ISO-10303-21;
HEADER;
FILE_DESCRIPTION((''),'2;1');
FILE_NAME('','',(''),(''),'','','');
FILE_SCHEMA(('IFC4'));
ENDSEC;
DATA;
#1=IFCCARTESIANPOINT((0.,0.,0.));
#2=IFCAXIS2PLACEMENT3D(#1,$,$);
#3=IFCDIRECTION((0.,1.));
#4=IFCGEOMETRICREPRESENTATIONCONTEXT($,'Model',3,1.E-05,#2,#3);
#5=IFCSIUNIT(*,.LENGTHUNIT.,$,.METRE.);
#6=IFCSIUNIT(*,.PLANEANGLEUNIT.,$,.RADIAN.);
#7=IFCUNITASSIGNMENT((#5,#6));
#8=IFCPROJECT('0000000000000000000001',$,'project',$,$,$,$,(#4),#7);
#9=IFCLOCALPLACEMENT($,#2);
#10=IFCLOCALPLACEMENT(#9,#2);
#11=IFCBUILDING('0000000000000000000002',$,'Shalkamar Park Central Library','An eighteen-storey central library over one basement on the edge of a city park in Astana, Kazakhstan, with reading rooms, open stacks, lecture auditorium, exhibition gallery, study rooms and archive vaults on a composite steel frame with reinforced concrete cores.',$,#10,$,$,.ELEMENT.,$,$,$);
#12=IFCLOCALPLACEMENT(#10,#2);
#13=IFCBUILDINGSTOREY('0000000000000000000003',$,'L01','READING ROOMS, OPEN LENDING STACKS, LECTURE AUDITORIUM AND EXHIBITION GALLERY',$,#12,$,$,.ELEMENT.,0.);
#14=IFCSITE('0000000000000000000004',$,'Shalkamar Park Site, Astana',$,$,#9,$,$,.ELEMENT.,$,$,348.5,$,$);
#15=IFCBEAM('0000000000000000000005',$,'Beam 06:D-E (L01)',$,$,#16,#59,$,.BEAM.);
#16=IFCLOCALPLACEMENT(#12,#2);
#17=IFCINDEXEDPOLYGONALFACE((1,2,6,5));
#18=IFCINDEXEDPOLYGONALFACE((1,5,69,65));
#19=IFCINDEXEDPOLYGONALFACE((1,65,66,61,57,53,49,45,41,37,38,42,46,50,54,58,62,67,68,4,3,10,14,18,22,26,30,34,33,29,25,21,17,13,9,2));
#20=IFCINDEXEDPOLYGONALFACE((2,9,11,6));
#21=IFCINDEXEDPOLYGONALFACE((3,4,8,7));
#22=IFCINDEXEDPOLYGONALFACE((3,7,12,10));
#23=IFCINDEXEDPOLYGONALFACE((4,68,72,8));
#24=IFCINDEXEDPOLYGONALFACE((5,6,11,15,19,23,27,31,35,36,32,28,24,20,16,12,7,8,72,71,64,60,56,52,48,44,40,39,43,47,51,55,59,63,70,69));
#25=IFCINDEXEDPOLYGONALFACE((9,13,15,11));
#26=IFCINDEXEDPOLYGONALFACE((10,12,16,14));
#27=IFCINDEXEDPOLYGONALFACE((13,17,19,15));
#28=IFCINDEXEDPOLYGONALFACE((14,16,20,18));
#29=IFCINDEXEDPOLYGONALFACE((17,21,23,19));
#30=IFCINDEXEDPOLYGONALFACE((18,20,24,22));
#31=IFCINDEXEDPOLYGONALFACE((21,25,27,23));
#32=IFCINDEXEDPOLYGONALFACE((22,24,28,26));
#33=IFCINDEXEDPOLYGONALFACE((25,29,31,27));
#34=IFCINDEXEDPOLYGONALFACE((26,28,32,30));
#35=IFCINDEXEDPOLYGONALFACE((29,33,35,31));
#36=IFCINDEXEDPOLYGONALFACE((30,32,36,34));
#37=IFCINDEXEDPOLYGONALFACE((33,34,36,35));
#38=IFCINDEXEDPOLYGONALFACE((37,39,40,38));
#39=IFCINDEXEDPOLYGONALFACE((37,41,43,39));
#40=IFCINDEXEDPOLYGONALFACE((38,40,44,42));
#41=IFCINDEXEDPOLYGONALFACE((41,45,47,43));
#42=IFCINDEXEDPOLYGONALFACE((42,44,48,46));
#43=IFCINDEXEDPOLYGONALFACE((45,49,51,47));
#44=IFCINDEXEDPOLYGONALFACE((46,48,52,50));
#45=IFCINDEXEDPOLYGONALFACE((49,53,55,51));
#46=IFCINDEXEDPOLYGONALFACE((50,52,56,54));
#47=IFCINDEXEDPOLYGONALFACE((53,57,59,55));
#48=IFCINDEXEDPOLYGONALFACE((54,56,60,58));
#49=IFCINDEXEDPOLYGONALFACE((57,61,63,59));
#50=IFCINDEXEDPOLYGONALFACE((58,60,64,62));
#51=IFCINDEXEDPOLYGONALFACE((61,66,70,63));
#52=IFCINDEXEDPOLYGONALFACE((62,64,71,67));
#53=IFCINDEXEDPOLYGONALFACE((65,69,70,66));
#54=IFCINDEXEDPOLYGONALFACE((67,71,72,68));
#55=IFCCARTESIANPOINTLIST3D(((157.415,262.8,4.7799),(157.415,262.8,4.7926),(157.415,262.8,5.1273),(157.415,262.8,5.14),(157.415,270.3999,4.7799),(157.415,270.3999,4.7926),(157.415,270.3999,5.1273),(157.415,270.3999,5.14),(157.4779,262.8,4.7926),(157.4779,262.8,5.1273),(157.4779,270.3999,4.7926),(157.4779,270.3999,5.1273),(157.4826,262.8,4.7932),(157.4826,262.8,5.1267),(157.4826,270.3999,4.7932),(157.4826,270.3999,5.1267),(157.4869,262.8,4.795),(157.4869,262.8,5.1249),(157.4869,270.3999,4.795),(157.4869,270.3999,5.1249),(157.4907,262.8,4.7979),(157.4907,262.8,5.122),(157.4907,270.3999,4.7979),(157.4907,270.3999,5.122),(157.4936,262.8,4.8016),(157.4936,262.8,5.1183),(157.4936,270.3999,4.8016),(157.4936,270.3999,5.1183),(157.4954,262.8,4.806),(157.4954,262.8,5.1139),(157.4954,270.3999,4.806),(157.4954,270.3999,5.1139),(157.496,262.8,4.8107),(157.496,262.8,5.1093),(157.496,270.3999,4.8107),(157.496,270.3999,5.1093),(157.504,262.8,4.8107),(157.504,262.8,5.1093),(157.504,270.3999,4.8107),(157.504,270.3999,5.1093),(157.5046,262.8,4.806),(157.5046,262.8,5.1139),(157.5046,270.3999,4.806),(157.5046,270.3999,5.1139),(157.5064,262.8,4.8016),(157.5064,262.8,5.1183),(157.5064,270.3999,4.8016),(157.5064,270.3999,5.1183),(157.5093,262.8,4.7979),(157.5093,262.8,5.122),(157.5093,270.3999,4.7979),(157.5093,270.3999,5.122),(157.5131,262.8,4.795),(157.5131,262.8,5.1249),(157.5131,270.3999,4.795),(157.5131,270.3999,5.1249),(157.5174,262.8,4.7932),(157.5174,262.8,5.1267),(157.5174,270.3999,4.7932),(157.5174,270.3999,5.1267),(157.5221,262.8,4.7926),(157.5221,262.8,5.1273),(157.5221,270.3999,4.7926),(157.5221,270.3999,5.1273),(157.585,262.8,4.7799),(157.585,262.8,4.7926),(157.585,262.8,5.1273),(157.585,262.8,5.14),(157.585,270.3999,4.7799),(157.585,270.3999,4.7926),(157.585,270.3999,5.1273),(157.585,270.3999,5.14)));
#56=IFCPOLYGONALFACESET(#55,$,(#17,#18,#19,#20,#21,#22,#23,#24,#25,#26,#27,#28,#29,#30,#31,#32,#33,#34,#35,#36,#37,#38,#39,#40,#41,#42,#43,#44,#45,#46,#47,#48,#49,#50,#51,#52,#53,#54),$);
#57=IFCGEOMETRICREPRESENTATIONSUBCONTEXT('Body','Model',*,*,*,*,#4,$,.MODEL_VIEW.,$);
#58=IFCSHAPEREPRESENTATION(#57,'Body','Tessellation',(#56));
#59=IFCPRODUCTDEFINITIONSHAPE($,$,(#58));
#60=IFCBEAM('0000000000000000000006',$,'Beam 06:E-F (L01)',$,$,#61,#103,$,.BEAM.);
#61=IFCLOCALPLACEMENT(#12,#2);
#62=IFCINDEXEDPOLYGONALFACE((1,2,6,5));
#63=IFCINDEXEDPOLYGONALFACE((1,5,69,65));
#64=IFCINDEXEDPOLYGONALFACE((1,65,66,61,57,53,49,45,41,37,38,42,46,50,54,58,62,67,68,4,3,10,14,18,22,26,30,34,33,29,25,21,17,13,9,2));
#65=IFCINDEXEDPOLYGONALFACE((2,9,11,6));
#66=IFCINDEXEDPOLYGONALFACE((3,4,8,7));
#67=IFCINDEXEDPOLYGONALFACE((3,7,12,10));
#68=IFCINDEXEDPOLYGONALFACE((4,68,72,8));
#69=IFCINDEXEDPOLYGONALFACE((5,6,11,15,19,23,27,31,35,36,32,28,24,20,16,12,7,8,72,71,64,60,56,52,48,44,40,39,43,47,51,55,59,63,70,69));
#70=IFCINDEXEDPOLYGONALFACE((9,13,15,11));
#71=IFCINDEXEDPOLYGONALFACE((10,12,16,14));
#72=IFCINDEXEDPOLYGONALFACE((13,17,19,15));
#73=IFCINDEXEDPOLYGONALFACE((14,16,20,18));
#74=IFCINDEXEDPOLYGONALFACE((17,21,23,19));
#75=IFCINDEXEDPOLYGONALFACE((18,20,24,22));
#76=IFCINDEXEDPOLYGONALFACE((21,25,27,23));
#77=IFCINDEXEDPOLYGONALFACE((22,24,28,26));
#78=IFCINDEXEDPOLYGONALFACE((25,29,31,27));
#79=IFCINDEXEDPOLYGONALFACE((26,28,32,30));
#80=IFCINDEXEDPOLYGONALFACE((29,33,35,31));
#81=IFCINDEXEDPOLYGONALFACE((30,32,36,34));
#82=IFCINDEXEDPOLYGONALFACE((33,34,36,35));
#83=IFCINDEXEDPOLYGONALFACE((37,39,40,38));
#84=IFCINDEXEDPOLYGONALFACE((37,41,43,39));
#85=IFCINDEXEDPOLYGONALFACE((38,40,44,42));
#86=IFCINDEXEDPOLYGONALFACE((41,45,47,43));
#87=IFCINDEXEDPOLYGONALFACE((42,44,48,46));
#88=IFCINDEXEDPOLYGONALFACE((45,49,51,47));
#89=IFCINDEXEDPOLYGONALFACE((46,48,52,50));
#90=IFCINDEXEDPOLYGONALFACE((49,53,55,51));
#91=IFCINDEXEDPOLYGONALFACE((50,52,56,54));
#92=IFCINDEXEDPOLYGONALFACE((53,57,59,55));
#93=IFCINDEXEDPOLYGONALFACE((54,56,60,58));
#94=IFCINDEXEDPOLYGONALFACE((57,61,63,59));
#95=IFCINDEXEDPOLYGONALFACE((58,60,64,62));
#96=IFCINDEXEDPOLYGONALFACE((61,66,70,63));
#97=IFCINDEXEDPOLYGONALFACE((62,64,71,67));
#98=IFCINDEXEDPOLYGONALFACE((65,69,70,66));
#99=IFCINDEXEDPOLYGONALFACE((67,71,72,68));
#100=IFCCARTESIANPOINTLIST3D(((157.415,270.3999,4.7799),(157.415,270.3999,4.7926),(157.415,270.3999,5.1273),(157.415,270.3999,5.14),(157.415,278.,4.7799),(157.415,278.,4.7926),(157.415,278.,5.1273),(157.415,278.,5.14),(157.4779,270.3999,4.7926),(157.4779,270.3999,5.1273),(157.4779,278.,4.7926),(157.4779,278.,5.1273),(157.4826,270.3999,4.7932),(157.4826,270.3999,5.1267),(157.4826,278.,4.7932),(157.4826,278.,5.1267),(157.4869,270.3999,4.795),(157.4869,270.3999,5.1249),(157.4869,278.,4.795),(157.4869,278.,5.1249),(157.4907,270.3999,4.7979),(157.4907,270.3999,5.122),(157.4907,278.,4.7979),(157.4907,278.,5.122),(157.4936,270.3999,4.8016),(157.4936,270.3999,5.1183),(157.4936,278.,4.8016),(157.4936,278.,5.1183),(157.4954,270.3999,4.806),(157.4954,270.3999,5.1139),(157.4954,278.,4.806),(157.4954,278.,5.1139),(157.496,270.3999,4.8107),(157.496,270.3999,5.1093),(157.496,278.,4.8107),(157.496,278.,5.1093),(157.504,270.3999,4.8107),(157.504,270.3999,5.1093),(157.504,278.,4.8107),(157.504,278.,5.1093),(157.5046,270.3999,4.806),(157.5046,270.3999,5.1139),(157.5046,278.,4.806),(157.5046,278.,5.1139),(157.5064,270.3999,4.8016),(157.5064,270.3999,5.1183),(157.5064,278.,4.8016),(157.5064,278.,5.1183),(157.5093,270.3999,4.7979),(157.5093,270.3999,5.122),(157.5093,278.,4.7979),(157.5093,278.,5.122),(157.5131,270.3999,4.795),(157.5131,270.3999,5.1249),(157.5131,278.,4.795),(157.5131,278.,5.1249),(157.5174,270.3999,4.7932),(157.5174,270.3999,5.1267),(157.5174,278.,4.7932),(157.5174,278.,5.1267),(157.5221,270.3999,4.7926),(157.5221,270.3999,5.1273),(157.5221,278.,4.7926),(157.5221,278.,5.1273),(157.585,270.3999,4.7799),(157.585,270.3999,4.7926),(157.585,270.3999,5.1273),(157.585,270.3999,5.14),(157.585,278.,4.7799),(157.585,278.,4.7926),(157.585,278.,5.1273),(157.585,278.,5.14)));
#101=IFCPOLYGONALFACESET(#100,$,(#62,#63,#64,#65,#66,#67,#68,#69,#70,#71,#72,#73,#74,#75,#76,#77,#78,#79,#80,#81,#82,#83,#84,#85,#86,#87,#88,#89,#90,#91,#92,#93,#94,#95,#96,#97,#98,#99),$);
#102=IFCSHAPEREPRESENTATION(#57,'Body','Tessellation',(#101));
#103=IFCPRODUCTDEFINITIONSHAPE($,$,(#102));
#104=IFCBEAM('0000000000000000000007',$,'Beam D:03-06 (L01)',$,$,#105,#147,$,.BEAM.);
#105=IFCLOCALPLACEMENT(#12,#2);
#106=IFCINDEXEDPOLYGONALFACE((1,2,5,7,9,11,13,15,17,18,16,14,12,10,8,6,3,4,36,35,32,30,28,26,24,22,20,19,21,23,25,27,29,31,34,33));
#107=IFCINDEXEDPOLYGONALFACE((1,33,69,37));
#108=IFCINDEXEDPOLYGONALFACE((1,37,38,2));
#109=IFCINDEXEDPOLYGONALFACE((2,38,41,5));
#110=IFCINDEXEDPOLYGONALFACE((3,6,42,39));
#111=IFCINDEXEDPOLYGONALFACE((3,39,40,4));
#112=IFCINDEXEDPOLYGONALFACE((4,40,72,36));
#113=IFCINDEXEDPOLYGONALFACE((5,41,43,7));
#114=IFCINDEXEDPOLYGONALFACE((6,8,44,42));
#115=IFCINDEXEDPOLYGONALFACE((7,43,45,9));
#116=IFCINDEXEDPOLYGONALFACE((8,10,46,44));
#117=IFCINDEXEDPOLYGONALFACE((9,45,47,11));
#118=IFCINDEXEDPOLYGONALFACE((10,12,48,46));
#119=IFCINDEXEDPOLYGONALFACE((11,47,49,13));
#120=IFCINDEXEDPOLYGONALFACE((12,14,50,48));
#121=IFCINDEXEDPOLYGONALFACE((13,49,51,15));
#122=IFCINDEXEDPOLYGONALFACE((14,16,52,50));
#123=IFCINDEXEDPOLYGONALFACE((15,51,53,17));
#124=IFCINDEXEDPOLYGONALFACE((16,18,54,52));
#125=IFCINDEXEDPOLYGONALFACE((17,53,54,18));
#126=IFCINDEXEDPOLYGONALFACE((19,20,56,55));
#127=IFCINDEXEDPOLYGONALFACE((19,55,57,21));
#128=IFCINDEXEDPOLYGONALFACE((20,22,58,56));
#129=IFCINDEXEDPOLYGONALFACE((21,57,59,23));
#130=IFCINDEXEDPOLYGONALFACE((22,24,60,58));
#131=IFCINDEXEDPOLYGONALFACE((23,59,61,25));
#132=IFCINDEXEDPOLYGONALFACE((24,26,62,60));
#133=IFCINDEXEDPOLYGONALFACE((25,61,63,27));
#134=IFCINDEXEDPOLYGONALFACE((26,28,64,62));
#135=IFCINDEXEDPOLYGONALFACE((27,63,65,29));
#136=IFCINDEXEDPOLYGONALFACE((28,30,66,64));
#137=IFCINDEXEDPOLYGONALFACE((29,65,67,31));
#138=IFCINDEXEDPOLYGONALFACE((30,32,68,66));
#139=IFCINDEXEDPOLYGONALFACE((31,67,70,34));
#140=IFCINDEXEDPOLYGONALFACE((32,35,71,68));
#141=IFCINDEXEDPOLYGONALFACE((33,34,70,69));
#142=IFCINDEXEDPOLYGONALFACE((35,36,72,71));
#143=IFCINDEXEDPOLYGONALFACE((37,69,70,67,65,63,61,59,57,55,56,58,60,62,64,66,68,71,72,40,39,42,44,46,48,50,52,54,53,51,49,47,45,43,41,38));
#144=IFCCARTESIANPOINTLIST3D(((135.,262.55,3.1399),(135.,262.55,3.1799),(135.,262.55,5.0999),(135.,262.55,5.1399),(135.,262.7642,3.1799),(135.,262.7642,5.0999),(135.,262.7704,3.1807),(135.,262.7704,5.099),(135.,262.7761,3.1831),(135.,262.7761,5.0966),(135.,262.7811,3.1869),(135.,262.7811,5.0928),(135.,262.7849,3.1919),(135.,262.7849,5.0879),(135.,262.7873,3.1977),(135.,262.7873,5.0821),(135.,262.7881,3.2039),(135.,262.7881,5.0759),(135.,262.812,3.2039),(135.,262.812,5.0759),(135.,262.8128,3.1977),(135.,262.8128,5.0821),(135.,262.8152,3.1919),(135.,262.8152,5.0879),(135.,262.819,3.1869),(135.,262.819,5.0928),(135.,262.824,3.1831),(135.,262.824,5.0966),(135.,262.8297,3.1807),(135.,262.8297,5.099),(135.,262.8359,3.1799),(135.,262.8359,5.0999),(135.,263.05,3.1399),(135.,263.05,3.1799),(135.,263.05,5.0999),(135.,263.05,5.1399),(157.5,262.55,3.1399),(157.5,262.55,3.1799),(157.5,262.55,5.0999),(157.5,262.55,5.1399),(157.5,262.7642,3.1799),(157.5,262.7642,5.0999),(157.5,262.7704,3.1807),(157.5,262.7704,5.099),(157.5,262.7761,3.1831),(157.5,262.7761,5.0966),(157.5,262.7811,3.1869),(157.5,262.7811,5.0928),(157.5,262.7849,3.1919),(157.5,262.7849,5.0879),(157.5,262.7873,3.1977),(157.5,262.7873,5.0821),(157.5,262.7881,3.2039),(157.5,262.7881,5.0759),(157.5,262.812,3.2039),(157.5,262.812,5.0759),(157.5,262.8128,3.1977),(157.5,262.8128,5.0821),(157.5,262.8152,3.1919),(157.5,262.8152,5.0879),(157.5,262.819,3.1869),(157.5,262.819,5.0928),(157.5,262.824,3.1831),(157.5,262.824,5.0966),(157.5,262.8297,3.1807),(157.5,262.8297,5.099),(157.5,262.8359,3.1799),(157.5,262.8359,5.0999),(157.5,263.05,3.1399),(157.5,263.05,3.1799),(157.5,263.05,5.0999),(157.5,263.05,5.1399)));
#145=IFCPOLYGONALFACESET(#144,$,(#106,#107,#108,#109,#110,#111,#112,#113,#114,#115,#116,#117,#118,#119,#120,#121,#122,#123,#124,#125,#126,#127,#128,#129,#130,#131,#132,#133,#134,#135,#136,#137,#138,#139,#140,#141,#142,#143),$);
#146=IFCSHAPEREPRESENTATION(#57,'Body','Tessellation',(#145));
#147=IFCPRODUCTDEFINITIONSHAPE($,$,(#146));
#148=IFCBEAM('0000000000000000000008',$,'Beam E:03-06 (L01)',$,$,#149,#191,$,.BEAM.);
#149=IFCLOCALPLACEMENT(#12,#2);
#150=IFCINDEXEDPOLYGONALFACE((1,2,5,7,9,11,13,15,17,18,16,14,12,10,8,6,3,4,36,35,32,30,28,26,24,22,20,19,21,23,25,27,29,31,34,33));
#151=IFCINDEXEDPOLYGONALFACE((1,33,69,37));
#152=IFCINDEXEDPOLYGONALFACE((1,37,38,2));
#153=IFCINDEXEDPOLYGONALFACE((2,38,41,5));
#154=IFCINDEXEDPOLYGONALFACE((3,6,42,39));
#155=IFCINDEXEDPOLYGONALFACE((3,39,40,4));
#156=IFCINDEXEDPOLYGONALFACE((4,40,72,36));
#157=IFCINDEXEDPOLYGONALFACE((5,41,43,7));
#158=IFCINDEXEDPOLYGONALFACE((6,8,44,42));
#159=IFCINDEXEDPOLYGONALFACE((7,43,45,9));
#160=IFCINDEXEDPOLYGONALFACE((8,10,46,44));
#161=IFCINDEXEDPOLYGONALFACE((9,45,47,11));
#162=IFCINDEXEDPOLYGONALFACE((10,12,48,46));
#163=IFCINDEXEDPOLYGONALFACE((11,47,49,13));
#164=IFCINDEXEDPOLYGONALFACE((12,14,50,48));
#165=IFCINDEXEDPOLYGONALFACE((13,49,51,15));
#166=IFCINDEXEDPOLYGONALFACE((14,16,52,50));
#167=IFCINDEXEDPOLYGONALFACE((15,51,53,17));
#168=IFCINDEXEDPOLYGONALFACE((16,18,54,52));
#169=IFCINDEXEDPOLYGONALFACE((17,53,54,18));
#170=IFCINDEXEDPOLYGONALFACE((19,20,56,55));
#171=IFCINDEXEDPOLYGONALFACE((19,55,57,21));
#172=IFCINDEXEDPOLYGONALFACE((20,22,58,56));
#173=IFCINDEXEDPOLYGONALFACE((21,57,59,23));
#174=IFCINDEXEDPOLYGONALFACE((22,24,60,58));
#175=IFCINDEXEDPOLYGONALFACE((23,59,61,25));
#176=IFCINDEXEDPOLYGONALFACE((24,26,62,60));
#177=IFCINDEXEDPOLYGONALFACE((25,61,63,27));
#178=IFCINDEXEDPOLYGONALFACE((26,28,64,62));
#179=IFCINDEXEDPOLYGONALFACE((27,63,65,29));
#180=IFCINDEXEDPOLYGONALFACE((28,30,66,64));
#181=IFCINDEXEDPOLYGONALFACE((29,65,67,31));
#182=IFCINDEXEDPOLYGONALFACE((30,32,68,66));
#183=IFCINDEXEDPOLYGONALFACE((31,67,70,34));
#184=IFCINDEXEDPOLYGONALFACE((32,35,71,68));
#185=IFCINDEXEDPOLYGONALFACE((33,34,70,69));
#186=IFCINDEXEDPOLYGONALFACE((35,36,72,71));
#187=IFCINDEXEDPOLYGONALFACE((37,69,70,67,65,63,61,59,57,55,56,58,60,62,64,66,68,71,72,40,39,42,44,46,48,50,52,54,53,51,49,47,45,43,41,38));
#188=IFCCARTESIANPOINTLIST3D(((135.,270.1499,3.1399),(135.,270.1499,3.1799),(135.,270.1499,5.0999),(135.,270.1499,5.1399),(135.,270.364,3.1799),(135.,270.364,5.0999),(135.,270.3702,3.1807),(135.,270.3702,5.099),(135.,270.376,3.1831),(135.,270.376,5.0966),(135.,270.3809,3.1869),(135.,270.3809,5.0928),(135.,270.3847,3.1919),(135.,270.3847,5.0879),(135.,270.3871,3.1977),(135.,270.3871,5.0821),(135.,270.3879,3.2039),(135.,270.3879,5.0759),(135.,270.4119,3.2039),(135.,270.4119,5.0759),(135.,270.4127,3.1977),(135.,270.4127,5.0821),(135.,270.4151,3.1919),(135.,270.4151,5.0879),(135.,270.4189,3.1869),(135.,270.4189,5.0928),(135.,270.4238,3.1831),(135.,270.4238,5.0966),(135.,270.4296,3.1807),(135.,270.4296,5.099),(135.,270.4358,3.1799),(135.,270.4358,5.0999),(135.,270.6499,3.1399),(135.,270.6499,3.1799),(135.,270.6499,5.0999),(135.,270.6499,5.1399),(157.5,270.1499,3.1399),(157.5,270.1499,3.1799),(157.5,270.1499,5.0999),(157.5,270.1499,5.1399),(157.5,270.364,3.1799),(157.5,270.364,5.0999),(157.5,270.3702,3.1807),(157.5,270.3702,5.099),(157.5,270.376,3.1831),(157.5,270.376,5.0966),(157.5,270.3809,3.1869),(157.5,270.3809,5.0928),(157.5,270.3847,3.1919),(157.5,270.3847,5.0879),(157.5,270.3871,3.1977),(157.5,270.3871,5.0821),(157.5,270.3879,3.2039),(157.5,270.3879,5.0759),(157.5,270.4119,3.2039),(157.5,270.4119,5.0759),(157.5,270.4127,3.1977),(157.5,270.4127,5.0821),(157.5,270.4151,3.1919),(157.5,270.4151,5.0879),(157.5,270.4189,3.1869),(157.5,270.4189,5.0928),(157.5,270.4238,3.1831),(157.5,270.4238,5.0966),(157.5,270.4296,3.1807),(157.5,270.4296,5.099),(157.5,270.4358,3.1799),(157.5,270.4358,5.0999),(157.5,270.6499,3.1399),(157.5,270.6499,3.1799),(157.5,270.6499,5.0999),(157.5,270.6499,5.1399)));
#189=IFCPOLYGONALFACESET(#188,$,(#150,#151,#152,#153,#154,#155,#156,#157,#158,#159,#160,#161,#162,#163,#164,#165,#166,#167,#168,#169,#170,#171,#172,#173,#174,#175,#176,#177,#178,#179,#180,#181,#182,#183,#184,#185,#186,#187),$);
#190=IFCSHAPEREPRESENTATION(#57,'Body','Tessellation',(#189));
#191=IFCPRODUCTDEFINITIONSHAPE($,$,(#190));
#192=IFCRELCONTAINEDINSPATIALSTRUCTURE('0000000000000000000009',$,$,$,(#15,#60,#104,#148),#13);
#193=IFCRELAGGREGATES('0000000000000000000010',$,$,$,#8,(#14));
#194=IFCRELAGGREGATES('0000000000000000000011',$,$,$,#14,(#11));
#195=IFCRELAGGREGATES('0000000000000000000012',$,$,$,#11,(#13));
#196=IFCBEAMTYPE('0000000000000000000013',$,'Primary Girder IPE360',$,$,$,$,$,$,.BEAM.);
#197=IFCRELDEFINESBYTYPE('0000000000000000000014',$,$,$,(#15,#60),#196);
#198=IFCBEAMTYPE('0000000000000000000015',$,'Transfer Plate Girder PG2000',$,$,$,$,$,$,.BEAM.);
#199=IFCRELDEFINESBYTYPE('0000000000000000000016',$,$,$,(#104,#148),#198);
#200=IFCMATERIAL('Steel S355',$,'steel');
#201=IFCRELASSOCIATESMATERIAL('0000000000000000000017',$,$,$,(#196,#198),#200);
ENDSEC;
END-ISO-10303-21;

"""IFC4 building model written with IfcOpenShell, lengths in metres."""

from ifc_helpers import new_model, si_unit, direction, frame, origin, origin_2d, place, context, subcontext, project, spatial, i_section, extrude, material, material_profile, profile_set, type_object, element, save


model = new_model("IFC4")

# Units and contexts
model_context = context("Model", 3, precision=1e-05, world=origin(), true_north=direction((0.0, 1.0)))
body_context = subcontext(model_context, "Body", "Model", "MODEL_VIEW")
ifc_project = project(units=[si_unit("LENGTHUNIT", "METRE"), si_unit("PLANEANGLEUNIT", "RADIAN")], contexts=[model_context])

# Site, building, storey
site_placement = place(None, origin())
site = spatial("IfcSite", under=ifc_project, at=site_placement, Name="Shalkamar Park Site, Astana", CompositionType="ELEMENT", RefElevation=348.5)
building_placement = place(site_placement, origin())
building = spatial("IfcBuilding", under=site, at=building_placement, Name="Shalkamar Park Central Library", Description="An eighteen-storey central library over one basement on the edge of a city park in Astana, Kazakhstan, with reading rooms, open stacks, lecture auditorium, exhibition gallery, study rooms and archive vaults on a composite steel frame with reinforced concrete cores.", CompositionType="ELEMENT")
storey_placement = place(building_placement, origin())
storey = spatial("IfcBuildingStorey", under=building, at=storey_placement, Name="L01", Description="READING ROOMS, OPEN LENDING STACKS, LECTURE AUDITORIUM AND EXHIBITION GALLERY", CompositionType="ELEMENT", Elevation=0.0)

# Shared definitions
ifc_material_1 = material(Name="Steel S355", Category="steel")

# Beams
ifc_material_profile_1 = material_profile(ifc_material_1, i_section(OverallWidth=0.1699, OverallDepth=0.3601, WebThickness=0.0081, FlangeThickness=0.0127, FilletRadius=0.0181, at=origin_2d()), Name="IPE 360")
ifc_profile_set_1 = profile_set([ifc_material_profile_1], Name="Steel S355")
beam_type_1 = type_object("IfcBeamType", Name="Primary Girder IPE360", PredefinedType="BEAM", material=ifc_profile_set_1)
beam_1_placement = place(storey_placement, frame((157.5, 262.8, 4.96), z_axis=(0.0, 1.0, 0.0), x_axis=(-1.0, 0.0, 0.0)))
element("IfcBeam", 1, at=beam_1_placement, inside=storey, type_object=beam_type_1, Name="Beam 06:D-E (L01)", PredefinedType="BEAM", context=body_context, shape_type="SweptSolid", body=[
    extrude(i_section(OverallWidth=0.1699, OverallDepth=0.3601, WebThickness=0.0081, FlangeThickness=0.0127, FilletRadius=0.0181, at=origin_2d()), origin(), (0.0, 0.0, 1.0), 7.5999),
])
beam_2_placement = place(storey_placement, frame((157.5, 270.3999, 4.96), z_axis=(0.0, 1.0, 0.0), x_axis=(-1.0, 0.0, 0.0)))
element("IfcBeam", 2, at=beam_2_placement, inside=storey, type_object=beam_type_1, Name="Beam 06:E-F (L01)", PredefinedType="BEAM", context=body_context, shape_type="SweptSolid", body=[
    extrude(i_section(OverallWidth=0.1699, OverallDepth=0.3601, WebThickness=0.0081, FlangeThickness=0.0127, FilletRadius=0.0181, at=origin_2d()), origin(), (0.0, 0.0, 1.0), 7.6001),
])
ifc_material_profile_2 = material_profile(ifc_material_1, i_section(OverallWidth=0.5, OverallDepth=2.0, WebThickness=0.0239, FlangeThickness=0.04, FilletRadius=0.0239, at=origin_2d()), Name="PG 2000x500")
ifc_profile_set_2 = profile_set([ifc_material_profile_2], Name="Steel S355")
beam_type_2 = type_object("IfcBeamType", Name="Transfer Plate Girder PG2000", PredefinedType="BEAM", material=ifc_profile_set_2)
for number, where, z_axis, x_axis, name in (
    (3, (135.0, 262.8, 4.1399), (1.0, 0.0, 0.0), (0.0, 1.0, 0.0), "Beam D:03-06 (L01)"),
    (4, (135.0, 270.3999, 4.1399), (1.0, 0.0, 0.0), (0.0, 1.0, 0.0), "Beam E:03-06 (L01)"),
):
    element("IfcBeam", number, at=place(storey_placement, frame(where, z_axis=z_axis, x_axis=x_axis)), inside=storey, type_object=beam_type_2, Name=name, PredefinedType="BEAM", context=body_context, shape_type="SweptSolid", body=[
        extrude(i_section(OverallWidth=0.5, OverallDepth=2.0, WebThickness=0.0239, FlangeThickness=0.04, FilletRadius=0.0239, at=origin_2d()), origin(), (0.0, 0.0, 1.0), 22.5),
    ])

save(model, "model.ifc")
